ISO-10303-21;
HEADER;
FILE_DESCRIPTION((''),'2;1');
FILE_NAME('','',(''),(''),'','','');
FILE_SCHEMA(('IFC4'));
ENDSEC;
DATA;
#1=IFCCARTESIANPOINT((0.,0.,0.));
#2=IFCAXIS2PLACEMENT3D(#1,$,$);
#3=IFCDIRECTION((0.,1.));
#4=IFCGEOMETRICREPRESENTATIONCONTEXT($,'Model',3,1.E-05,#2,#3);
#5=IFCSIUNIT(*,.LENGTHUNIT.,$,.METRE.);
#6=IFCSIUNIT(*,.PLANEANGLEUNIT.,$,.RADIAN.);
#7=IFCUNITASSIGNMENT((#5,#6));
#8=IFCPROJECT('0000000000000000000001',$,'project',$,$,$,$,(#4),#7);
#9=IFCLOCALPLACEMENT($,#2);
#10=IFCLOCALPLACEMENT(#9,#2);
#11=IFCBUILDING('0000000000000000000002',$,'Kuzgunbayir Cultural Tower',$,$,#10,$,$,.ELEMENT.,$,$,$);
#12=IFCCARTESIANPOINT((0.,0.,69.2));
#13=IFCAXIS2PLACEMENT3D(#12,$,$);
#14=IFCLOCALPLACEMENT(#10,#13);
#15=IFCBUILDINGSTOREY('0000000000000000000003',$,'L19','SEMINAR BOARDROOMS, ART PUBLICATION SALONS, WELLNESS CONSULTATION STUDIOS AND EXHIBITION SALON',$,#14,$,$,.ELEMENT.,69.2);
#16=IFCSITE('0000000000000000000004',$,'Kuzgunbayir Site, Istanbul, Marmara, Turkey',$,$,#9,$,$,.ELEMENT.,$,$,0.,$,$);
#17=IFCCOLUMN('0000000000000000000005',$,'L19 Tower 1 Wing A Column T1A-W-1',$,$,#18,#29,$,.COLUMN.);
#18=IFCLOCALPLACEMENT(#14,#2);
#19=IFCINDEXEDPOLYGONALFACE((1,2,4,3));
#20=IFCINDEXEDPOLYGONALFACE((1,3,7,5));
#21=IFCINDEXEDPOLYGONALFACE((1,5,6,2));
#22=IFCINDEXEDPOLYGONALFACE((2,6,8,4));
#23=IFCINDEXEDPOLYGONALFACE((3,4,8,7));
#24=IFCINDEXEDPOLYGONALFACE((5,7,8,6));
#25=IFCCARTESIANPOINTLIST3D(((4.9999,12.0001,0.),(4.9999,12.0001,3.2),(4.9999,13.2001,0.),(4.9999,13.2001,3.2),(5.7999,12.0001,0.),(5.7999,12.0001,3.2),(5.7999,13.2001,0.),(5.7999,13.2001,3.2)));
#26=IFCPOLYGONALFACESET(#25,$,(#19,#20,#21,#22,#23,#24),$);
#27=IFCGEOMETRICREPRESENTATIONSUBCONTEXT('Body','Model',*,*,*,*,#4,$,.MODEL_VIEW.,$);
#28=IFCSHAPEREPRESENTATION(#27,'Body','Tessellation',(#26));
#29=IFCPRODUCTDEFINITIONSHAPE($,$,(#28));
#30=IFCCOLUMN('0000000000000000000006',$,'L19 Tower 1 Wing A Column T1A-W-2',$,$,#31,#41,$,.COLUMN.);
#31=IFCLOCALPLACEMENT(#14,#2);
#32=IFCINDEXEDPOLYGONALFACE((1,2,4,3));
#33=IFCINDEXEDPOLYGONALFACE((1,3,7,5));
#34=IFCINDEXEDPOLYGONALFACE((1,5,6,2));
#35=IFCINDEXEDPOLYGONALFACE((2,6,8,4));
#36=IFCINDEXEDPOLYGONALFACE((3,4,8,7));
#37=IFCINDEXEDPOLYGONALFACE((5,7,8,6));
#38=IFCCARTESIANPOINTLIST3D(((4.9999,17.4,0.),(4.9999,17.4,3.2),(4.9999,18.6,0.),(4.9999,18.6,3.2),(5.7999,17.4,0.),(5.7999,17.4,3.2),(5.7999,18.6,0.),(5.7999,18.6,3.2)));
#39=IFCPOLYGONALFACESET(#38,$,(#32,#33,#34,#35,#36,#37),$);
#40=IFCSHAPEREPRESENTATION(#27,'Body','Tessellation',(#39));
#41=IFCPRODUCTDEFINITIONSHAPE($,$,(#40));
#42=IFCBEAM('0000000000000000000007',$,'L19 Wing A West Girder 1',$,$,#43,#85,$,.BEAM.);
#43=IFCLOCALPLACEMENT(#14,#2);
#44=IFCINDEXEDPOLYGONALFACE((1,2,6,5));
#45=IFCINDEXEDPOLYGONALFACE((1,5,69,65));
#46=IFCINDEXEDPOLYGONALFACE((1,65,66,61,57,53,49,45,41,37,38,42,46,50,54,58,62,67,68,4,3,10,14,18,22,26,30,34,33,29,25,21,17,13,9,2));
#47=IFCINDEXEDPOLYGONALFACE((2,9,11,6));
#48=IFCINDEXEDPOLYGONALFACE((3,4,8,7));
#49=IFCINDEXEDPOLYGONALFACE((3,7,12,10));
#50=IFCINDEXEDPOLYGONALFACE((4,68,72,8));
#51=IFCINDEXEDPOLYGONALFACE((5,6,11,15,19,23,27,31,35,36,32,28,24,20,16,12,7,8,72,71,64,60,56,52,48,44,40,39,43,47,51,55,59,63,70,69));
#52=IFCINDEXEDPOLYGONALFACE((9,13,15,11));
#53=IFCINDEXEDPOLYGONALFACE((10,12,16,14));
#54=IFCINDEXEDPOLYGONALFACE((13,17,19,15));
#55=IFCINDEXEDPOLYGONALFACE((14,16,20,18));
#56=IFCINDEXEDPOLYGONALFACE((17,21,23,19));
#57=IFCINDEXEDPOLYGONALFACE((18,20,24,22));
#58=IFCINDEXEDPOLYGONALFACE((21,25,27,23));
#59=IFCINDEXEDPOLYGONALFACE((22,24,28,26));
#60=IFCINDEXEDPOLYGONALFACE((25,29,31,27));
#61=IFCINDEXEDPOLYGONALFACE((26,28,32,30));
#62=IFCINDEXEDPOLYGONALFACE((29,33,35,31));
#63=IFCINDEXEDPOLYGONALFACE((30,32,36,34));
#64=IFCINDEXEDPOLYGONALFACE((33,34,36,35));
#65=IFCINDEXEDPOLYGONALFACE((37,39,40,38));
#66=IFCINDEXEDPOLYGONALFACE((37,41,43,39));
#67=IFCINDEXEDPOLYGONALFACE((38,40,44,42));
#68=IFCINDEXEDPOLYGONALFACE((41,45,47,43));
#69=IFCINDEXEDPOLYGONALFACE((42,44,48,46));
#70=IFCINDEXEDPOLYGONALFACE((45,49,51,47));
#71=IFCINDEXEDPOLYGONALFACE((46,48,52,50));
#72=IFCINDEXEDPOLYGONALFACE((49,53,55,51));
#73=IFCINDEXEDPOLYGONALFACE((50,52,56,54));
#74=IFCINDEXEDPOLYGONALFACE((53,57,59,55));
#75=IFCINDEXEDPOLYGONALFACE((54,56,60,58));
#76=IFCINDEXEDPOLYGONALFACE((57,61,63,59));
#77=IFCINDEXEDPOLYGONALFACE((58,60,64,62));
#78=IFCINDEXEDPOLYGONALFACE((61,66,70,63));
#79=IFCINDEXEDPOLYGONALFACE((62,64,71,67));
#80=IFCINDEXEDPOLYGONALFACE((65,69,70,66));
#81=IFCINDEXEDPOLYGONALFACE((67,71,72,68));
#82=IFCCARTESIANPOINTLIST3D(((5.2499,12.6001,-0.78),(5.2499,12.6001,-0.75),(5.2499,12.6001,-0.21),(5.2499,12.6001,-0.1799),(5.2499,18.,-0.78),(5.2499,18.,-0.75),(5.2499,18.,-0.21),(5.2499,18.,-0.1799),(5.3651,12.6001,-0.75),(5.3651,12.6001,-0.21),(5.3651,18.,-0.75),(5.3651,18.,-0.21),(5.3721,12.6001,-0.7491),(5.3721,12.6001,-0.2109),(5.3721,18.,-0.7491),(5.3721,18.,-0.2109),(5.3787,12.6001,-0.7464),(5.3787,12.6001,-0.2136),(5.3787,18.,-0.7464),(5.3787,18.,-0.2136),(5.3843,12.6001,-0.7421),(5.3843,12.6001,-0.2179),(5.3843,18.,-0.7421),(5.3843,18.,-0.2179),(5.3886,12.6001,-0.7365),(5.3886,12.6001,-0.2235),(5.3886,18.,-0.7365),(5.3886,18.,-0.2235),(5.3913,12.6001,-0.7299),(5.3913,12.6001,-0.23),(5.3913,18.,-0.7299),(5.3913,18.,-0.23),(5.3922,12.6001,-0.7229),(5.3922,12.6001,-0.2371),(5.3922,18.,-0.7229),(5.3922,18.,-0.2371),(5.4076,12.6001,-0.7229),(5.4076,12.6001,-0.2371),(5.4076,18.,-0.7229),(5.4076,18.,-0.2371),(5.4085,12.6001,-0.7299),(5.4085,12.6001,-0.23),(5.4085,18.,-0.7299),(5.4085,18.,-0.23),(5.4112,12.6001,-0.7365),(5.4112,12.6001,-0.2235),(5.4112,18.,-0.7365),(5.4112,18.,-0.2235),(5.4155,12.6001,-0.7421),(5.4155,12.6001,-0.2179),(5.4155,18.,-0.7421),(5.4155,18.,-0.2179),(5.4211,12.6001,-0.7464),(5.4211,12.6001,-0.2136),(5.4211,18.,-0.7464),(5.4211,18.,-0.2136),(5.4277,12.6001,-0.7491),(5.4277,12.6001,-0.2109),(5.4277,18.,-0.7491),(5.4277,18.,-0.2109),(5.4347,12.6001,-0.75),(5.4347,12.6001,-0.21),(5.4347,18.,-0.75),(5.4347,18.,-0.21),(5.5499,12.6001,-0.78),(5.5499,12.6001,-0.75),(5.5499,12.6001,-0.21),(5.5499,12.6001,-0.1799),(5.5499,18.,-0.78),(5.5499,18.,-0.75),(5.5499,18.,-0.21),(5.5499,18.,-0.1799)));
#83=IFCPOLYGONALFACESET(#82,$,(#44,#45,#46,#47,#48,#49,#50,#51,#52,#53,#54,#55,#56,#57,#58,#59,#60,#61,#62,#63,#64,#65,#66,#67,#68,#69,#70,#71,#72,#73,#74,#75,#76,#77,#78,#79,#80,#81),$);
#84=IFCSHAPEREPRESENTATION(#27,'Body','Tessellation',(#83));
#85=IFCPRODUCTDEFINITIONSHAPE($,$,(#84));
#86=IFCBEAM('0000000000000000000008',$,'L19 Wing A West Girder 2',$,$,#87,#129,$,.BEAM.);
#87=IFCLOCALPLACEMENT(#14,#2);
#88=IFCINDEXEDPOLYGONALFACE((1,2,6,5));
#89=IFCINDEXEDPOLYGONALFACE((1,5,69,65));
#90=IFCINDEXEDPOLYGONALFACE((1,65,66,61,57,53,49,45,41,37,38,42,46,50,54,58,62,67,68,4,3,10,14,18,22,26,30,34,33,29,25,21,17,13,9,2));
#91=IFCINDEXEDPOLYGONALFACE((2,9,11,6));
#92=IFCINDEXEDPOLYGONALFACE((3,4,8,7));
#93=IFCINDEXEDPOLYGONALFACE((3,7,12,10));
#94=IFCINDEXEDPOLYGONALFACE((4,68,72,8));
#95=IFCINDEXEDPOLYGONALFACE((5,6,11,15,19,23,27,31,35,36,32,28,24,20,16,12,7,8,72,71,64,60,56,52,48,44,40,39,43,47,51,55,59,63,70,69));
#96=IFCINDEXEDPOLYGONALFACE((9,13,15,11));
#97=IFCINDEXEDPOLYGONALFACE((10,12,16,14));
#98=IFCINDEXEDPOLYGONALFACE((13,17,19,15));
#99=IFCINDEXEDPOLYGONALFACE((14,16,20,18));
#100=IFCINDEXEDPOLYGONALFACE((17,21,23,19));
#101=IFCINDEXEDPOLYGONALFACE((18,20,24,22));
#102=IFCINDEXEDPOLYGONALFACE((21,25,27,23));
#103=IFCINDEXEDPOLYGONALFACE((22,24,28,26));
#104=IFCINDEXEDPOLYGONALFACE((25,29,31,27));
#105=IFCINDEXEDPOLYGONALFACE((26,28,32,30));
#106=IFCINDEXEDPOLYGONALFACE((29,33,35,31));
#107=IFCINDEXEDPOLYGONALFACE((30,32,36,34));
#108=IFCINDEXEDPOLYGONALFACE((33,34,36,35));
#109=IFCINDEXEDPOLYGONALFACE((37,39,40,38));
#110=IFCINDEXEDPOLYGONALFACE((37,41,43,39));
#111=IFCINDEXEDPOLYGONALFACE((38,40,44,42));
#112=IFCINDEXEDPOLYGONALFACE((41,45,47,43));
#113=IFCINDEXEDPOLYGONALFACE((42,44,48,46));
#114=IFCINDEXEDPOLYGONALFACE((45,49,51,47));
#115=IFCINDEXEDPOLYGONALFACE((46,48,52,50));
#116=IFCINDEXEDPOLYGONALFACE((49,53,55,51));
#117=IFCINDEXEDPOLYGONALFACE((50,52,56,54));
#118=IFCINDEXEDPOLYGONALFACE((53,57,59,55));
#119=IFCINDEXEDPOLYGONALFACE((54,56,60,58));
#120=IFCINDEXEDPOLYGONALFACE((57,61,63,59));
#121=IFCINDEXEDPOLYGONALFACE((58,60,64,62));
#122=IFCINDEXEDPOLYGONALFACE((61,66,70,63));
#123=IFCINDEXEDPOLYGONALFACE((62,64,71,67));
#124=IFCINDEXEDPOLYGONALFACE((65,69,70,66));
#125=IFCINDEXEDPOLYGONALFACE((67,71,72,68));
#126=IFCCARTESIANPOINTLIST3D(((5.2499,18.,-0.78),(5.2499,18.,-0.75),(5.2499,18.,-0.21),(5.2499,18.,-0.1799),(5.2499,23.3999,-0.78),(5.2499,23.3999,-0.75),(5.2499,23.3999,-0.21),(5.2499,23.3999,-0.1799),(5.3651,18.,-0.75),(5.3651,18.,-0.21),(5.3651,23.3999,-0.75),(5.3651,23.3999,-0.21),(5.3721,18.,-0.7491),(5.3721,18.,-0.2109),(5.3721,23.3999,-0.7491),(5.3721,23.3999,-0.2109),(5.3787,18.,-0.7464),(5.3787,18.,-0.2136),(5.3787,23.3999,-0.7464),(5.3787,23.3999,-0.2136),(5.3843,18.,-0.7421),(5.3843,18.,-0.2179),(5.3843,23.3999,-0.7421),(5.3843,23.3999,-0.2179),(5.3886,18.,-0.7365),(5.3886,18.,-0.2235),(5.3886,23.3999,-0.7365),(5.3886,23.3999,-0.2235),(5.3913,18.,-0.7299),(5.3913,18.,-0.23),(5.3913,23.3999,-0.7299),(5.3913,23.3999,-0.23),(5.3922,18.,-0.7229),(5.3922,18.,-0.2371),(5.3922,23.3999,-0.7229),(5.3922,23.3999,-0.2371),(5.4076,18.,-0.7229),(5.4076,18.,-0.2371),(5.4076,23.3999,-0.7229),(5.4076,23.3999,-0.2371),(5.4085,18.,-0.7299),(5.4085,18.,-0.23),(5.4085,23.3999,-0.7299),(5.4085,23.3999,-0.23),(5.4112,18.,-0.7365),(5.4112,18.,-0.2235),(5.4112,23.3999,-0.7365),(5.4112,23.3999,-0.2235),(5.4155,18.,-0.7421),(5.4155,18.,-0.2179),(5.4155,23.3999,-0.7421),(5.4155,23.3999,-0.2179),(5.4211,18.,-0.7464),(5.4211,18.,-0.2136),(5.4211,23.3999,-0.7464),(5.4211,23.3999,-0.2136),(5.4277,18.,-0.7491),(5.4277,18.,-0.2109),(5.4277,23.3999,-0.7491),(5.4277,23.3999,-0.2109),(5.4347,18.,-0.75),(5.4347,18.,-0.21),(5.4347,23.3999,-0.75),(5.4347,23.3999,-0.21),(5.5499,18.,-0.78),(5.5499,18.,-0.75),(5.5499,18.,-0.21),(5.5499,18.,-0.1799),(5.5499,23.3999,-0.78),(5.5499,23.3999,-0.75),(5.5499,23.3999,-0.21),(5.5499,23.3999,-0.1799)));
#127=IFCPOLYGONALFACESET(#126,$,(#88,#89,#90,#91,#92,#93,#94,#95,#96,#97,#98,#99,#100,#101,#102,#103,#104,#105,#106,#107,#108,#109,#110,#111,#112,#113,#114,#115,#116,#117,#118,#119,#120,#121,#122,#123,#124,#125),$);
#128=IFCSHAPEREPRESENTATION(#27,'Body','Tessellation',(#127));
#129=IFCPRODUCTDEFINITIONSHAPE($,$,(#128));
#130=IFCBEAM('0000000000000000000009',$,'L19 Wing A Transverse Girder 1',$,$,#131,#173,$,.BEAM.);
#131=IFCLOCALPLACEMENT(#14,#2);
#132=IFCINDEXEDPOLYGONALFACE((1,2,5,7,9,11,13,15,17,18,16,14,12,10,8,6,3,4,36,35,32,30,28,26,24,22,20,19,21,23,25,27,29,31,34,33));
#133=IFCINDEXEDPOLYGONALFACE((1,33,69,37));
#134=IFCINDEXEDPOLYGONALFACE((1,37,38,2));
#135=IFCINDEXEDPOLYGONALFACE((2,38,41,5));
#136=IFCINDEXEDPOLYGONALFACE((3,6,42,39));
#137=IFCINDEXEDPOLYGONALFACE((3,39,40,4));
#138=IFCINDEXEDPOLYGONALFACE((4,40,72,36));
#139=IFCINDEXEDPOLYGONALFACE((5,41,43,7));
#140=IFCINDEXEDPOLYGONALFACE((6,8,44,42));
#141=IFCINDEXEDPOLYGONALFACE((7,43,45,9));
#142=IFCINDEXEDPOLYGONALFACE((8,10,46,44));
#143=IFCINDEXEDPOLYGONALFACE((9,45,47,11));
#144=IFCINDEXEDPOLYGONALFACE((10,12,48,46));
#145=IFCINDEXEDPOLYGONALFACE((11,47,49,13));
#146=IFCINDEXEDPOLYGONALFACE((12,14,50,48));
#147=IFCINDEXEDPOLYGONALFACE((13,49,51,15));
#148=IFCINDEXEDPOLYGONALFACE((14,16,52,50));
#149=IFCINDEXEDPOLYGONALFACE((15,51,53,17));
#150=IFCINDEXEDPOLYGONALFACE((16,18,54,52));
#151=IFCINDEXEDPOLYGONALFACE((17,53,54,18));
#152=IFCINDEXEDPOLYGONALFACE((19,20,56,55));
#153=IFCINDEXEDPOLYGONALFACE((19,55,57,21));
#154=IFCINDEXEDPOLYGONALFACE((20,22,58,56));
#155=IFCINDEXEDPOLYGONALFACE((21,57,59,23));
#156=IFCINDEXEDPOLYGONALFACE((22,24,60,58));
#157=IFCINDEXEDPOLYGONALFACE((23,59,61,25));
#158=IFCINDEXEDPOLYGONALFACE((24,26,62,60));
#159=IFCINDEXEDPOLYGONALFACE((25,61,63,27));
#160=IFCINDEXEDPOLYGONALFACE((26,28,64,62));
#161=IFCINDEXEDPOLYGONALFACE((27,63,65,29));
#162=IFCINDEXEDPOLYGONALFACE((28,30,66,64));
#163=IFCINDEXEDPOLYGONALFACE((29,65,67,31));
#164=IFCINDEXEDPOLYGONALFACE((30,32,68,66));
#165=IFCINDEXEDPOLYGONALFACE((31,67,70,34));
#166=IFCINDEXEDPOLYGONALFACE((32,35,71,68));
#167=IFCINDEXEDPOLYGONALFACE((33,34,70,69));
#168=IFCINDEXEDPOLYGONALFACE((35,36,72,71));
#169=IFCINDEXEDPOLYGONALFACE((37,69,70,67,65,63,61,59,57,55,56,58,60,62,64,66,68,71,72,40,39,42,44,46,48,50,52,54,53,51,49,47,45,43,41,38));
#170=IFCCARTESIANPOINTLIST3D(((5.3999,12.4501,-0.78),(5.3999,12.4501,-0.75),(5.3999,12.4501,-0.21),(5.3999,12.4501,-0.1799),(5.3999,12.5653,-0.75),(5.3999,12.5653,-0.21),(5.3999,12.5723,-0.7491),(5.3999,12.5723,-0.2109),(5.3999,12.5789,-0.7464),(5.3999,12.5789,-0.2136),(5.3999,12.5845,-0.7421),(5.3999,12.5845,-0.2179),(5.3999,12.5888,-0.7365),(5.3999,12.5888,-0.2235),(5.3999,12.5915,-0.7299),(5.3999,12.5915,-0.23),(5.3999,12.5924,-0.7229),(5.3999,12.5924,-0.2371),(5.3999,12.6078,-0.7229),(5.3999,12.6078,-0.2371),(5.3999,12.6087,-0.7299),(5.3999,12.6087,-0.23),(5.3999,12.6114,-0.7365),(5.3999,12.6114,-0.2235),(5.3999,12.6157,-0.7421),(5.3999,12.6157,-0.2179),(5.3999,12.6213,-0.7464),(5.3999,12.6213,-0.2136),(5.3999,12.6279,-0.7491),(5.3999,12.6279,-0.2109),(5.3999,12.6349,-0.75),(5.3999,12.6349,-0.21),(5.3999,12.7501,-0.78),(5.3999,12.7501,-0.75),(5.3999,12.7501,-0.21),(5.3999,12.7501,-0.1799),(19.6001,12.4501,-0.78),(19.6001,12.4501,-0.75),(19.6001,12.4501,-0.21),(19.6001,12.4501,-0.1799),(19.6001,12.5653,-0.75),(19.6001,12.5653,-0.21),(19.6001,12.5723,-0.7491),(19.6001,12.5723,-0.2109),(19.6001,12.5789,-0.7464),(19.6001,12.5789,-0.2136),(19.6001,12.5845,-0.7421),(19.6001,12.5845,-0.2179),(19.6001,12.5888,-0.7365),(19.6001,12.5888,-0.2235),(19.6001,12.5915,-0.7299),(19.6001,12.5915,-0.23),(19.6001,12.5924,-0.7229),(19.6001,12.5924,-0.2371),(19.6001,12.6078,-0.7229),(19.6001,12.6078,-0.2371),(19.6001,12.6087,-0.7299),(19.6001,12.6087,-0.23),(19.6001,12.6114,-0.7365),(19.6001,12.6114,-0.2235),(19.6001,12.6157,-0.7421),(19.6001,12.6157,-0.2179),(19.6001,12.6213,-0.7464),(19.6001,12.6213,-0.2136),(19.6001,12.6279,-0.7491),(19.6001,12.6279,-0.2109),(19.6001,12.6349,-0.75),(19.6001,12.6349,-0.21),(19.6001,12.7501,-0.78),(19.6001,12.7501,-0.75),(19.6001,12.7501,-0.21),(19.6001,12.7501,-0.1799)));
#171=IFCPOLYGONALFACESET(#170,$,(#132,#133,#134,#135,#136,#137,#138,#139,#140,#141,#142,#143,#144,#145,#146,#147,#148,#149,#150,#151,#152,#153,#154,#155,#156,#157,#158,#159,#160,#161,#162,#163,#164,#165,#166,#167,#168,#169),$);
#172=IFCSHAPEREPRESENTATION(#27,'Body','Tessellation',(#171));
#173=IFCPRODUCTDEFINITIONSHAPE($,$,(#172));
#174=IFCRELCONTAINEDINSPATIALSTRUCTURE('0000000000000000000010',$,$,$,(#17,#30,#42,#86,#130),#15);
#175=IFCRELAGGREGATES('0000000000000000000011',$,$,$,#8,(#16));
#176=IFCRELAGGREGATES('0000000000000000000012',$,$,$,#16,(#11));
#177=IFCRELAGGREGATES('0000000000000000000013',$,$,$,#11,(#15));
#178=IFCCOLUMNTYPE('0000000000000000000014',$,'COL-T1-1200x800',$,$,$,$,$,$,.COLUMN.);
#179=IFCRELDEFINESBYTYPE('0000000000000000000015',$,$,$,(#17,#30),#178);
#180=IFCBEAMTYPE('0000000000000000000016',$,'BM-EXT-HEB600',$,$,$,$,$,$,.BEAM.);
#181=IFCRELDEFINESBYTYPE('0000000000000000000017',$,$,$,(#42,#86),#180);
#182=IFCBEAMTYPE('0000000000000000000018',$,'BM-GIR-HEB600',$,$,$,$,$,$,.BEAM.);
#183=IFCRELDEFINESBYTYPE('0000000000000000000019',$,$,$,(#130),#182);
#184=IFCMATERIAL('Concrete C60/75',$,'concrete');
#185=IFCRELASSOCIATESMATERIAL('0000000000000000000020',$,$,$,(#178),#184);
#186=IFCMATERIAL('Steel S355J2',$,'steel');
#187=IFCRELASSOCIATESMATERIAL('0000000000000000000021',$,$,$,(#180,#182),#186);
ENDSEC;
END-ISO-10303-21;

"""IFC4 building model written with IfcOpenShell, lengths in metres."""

from ifc_helpers import new_model, si_unit, direction, frame, origin, origin_2d, place, context, subcontext, project, spatial, rectangle, i_section, extrude, material, material_profile, profile_set, type_object, element, save


model = new_model("IFC4")

# Units and contexts
model_context = context("Model", 3, precision=1e-05, world=origin(), true_north=direction((0.0, 1.0)))
body_context = subcontext(model_context, "Body", "Model", "MODEL_VIEW")
ifc_project = project(units=[si_unit("LENGTHUNIT", "METRE"), si_unit("PLANEANGLEUNIT", "RADIAN")], contexts=[model_context])

# Site, building, storey
site_placement = place(None, origin())
site = spatial("IfcSite", under=ifc_project, at=site_placement, Name="Kuzgunbayir Site, Istanbul, Marmara, Turkey", CompositionType="ELEMENT", RefElevation=0.0)
building_placement = place(site_placement, origin())
building = spatial("IfcBuilding", under=site, at=building_placement, Name="Kuzgunbayir Cultural Tower", CompositionType="ELEMENT")
storey_placement = place(building_placement, frame((0.0, 0.0, 69.2)))
storey = spatial("IfcBuildingStorey", under=building, at=storey_placement, Name="L19", Description="SEMINAR BOARDROOMS, ART PUBLICATION SALONS, WELLNESS CONSULTATION STUDIOS AND EXHIBITION SALON", CompositionType="ELEMENT", Elevation=69.2)

# Columns
ifc_material_1 = material(Name="Concrete C60/75", Category="concrete")
ifc_material_profile_1 = material_profile(ifc_material_1, rectangle(XDim=0.8, YDim=1.2, at=origin_2d()), Name="RC 1200x800")
ifc_profile_set_1 = profile_set([ifc_material_profile_1], Name="Concrete C60/75")
column_type = type_object("IfcColumnType", Name="COL-T1-1200x800", PredefinedType="COLUMN", material=ifc_profile_set_1)
for number, where, z_axis, x_axis, name in (
    (1, (5.3999, 12.6001, 0.0), (0.0, 0.0, 1.0), (1.0, 0.0, 0.0), "L19 Tower 1 Wing A Column T1A-W-1"),
    (2, (5.3999, 18.0, 0.0), (0.0, 0.0, 1.0), (1.0, 0.0, 0.0), "L19 Tower 1 Wing A Column T1A-W-2"),
):
    element("IfcColumn", number, at=place(storey_placement, frame(where, z_axis=z_axis, x_axis=x_axis)), inside=storey, type_object=column_type, Name=name, PredefinedType="COLUMN", context=body_context, shape_type="SweptSolid", body=[
        extrude(rectangle(XDim=0.8, YDim=1.2, at=origin_2d()), origin(), (0.0, 0.0, 1.0), 3.2),
    ])

# Beams
ifc_material_2 = material(Name="Steel S355J2", Category="steel")
ifc_material_profile_2 = material_profile(ifc_material_2, i_section(OverallWidth=0.3, OverallDepth=0.6001, WebThickness=0.0154, FlangeThickness=0.03, FilletRadius=0.0271, at=origin_2d()), Name="HEB 600")
ifc_profile_set_2 = profile_set([ifc_material_profile_2], Name="Steel S355J2")
beam_type_1 = type_object("IfcBeamType", Name="BM-EXT-HEB600", PredefinedType="BEAM", material=ifc_profile_set_2)
for number, where, z_axis, x_axis, name in (
    (3, (5.3999, 12.6001, -0.48), (0.0, 1.0, 0.0), (-1.0, 0.0, 0.0), "L19 Wing A West Girder 1"),
    (4, (5.3999, 18.0, -0.48), (0.0, 1.0, 0.0), (-1.0, 0.0, 0.0), "L19 Wing A West Girder 2"),
):
    element("IfcBeam", number, at=place(storey_placement, frame(where, z_axis=z_axis, x_axis=x_axis)), inside=storey, type_object=beam_type_1, Name=name, PredefinedType="BEAM", context=body_context, shape_type="SweptSolid", body=[
        extrude(i_section(OverallWidth=0.3, OverallDepth=0.6001, WebThickness=0.0154, FlangeThickness=0.03, FilletRadius=0.0271, at=origin_2d()), origin(), (0.0, 0.0, 1.0), 5.3999),
    ])
ifc_material_profile_3 = material_profile(ifc_material_2, i_section(OverallWidth=0.3, OverallDepth=0.6001, WebThickness=0.0154, FlangeThickness=0.03, FilletRadius=0.0271, at=origin_2d()), Name="HEB 600")
ifc_profile_set_3 = profile_set([ifc_material_profile_3], Name="Steel S355J2")
beam_type_2 = type_object("IfcBeamType", Name="BM-GIR-HEB600", PredefinedType="BEAM", material=ifc_profile_set_3)
for number, where, z_axis, x_axis, name in (
    (5, (5.3999, 12.6001, -0.48), (1.0, 0.0, 0.0), (0.0, 1.0, 0.0), "L19 Wing A Transverse Girder 1"),
):
    element("IfcBeam", number, at=place(storey_placement, frame(where, z_axis=z_axis, x_axis=x_axis)), inside=storey, type_object=beam_type_2, Name=name, PredefinedType="BEAM", context=body_context, shape_type="SweptSolid", body=[
        extrude(i_section(OverallWidth=0.3, OverallDepth=0.6001, WebThickness=0.0154, FlangeThickness=0.03, FilletRadius=0.0271, at=origin_2d()), origin(), (0.0, 0.0, 1.0), 14.2002),
    ])

save(model, "model.ifc")
